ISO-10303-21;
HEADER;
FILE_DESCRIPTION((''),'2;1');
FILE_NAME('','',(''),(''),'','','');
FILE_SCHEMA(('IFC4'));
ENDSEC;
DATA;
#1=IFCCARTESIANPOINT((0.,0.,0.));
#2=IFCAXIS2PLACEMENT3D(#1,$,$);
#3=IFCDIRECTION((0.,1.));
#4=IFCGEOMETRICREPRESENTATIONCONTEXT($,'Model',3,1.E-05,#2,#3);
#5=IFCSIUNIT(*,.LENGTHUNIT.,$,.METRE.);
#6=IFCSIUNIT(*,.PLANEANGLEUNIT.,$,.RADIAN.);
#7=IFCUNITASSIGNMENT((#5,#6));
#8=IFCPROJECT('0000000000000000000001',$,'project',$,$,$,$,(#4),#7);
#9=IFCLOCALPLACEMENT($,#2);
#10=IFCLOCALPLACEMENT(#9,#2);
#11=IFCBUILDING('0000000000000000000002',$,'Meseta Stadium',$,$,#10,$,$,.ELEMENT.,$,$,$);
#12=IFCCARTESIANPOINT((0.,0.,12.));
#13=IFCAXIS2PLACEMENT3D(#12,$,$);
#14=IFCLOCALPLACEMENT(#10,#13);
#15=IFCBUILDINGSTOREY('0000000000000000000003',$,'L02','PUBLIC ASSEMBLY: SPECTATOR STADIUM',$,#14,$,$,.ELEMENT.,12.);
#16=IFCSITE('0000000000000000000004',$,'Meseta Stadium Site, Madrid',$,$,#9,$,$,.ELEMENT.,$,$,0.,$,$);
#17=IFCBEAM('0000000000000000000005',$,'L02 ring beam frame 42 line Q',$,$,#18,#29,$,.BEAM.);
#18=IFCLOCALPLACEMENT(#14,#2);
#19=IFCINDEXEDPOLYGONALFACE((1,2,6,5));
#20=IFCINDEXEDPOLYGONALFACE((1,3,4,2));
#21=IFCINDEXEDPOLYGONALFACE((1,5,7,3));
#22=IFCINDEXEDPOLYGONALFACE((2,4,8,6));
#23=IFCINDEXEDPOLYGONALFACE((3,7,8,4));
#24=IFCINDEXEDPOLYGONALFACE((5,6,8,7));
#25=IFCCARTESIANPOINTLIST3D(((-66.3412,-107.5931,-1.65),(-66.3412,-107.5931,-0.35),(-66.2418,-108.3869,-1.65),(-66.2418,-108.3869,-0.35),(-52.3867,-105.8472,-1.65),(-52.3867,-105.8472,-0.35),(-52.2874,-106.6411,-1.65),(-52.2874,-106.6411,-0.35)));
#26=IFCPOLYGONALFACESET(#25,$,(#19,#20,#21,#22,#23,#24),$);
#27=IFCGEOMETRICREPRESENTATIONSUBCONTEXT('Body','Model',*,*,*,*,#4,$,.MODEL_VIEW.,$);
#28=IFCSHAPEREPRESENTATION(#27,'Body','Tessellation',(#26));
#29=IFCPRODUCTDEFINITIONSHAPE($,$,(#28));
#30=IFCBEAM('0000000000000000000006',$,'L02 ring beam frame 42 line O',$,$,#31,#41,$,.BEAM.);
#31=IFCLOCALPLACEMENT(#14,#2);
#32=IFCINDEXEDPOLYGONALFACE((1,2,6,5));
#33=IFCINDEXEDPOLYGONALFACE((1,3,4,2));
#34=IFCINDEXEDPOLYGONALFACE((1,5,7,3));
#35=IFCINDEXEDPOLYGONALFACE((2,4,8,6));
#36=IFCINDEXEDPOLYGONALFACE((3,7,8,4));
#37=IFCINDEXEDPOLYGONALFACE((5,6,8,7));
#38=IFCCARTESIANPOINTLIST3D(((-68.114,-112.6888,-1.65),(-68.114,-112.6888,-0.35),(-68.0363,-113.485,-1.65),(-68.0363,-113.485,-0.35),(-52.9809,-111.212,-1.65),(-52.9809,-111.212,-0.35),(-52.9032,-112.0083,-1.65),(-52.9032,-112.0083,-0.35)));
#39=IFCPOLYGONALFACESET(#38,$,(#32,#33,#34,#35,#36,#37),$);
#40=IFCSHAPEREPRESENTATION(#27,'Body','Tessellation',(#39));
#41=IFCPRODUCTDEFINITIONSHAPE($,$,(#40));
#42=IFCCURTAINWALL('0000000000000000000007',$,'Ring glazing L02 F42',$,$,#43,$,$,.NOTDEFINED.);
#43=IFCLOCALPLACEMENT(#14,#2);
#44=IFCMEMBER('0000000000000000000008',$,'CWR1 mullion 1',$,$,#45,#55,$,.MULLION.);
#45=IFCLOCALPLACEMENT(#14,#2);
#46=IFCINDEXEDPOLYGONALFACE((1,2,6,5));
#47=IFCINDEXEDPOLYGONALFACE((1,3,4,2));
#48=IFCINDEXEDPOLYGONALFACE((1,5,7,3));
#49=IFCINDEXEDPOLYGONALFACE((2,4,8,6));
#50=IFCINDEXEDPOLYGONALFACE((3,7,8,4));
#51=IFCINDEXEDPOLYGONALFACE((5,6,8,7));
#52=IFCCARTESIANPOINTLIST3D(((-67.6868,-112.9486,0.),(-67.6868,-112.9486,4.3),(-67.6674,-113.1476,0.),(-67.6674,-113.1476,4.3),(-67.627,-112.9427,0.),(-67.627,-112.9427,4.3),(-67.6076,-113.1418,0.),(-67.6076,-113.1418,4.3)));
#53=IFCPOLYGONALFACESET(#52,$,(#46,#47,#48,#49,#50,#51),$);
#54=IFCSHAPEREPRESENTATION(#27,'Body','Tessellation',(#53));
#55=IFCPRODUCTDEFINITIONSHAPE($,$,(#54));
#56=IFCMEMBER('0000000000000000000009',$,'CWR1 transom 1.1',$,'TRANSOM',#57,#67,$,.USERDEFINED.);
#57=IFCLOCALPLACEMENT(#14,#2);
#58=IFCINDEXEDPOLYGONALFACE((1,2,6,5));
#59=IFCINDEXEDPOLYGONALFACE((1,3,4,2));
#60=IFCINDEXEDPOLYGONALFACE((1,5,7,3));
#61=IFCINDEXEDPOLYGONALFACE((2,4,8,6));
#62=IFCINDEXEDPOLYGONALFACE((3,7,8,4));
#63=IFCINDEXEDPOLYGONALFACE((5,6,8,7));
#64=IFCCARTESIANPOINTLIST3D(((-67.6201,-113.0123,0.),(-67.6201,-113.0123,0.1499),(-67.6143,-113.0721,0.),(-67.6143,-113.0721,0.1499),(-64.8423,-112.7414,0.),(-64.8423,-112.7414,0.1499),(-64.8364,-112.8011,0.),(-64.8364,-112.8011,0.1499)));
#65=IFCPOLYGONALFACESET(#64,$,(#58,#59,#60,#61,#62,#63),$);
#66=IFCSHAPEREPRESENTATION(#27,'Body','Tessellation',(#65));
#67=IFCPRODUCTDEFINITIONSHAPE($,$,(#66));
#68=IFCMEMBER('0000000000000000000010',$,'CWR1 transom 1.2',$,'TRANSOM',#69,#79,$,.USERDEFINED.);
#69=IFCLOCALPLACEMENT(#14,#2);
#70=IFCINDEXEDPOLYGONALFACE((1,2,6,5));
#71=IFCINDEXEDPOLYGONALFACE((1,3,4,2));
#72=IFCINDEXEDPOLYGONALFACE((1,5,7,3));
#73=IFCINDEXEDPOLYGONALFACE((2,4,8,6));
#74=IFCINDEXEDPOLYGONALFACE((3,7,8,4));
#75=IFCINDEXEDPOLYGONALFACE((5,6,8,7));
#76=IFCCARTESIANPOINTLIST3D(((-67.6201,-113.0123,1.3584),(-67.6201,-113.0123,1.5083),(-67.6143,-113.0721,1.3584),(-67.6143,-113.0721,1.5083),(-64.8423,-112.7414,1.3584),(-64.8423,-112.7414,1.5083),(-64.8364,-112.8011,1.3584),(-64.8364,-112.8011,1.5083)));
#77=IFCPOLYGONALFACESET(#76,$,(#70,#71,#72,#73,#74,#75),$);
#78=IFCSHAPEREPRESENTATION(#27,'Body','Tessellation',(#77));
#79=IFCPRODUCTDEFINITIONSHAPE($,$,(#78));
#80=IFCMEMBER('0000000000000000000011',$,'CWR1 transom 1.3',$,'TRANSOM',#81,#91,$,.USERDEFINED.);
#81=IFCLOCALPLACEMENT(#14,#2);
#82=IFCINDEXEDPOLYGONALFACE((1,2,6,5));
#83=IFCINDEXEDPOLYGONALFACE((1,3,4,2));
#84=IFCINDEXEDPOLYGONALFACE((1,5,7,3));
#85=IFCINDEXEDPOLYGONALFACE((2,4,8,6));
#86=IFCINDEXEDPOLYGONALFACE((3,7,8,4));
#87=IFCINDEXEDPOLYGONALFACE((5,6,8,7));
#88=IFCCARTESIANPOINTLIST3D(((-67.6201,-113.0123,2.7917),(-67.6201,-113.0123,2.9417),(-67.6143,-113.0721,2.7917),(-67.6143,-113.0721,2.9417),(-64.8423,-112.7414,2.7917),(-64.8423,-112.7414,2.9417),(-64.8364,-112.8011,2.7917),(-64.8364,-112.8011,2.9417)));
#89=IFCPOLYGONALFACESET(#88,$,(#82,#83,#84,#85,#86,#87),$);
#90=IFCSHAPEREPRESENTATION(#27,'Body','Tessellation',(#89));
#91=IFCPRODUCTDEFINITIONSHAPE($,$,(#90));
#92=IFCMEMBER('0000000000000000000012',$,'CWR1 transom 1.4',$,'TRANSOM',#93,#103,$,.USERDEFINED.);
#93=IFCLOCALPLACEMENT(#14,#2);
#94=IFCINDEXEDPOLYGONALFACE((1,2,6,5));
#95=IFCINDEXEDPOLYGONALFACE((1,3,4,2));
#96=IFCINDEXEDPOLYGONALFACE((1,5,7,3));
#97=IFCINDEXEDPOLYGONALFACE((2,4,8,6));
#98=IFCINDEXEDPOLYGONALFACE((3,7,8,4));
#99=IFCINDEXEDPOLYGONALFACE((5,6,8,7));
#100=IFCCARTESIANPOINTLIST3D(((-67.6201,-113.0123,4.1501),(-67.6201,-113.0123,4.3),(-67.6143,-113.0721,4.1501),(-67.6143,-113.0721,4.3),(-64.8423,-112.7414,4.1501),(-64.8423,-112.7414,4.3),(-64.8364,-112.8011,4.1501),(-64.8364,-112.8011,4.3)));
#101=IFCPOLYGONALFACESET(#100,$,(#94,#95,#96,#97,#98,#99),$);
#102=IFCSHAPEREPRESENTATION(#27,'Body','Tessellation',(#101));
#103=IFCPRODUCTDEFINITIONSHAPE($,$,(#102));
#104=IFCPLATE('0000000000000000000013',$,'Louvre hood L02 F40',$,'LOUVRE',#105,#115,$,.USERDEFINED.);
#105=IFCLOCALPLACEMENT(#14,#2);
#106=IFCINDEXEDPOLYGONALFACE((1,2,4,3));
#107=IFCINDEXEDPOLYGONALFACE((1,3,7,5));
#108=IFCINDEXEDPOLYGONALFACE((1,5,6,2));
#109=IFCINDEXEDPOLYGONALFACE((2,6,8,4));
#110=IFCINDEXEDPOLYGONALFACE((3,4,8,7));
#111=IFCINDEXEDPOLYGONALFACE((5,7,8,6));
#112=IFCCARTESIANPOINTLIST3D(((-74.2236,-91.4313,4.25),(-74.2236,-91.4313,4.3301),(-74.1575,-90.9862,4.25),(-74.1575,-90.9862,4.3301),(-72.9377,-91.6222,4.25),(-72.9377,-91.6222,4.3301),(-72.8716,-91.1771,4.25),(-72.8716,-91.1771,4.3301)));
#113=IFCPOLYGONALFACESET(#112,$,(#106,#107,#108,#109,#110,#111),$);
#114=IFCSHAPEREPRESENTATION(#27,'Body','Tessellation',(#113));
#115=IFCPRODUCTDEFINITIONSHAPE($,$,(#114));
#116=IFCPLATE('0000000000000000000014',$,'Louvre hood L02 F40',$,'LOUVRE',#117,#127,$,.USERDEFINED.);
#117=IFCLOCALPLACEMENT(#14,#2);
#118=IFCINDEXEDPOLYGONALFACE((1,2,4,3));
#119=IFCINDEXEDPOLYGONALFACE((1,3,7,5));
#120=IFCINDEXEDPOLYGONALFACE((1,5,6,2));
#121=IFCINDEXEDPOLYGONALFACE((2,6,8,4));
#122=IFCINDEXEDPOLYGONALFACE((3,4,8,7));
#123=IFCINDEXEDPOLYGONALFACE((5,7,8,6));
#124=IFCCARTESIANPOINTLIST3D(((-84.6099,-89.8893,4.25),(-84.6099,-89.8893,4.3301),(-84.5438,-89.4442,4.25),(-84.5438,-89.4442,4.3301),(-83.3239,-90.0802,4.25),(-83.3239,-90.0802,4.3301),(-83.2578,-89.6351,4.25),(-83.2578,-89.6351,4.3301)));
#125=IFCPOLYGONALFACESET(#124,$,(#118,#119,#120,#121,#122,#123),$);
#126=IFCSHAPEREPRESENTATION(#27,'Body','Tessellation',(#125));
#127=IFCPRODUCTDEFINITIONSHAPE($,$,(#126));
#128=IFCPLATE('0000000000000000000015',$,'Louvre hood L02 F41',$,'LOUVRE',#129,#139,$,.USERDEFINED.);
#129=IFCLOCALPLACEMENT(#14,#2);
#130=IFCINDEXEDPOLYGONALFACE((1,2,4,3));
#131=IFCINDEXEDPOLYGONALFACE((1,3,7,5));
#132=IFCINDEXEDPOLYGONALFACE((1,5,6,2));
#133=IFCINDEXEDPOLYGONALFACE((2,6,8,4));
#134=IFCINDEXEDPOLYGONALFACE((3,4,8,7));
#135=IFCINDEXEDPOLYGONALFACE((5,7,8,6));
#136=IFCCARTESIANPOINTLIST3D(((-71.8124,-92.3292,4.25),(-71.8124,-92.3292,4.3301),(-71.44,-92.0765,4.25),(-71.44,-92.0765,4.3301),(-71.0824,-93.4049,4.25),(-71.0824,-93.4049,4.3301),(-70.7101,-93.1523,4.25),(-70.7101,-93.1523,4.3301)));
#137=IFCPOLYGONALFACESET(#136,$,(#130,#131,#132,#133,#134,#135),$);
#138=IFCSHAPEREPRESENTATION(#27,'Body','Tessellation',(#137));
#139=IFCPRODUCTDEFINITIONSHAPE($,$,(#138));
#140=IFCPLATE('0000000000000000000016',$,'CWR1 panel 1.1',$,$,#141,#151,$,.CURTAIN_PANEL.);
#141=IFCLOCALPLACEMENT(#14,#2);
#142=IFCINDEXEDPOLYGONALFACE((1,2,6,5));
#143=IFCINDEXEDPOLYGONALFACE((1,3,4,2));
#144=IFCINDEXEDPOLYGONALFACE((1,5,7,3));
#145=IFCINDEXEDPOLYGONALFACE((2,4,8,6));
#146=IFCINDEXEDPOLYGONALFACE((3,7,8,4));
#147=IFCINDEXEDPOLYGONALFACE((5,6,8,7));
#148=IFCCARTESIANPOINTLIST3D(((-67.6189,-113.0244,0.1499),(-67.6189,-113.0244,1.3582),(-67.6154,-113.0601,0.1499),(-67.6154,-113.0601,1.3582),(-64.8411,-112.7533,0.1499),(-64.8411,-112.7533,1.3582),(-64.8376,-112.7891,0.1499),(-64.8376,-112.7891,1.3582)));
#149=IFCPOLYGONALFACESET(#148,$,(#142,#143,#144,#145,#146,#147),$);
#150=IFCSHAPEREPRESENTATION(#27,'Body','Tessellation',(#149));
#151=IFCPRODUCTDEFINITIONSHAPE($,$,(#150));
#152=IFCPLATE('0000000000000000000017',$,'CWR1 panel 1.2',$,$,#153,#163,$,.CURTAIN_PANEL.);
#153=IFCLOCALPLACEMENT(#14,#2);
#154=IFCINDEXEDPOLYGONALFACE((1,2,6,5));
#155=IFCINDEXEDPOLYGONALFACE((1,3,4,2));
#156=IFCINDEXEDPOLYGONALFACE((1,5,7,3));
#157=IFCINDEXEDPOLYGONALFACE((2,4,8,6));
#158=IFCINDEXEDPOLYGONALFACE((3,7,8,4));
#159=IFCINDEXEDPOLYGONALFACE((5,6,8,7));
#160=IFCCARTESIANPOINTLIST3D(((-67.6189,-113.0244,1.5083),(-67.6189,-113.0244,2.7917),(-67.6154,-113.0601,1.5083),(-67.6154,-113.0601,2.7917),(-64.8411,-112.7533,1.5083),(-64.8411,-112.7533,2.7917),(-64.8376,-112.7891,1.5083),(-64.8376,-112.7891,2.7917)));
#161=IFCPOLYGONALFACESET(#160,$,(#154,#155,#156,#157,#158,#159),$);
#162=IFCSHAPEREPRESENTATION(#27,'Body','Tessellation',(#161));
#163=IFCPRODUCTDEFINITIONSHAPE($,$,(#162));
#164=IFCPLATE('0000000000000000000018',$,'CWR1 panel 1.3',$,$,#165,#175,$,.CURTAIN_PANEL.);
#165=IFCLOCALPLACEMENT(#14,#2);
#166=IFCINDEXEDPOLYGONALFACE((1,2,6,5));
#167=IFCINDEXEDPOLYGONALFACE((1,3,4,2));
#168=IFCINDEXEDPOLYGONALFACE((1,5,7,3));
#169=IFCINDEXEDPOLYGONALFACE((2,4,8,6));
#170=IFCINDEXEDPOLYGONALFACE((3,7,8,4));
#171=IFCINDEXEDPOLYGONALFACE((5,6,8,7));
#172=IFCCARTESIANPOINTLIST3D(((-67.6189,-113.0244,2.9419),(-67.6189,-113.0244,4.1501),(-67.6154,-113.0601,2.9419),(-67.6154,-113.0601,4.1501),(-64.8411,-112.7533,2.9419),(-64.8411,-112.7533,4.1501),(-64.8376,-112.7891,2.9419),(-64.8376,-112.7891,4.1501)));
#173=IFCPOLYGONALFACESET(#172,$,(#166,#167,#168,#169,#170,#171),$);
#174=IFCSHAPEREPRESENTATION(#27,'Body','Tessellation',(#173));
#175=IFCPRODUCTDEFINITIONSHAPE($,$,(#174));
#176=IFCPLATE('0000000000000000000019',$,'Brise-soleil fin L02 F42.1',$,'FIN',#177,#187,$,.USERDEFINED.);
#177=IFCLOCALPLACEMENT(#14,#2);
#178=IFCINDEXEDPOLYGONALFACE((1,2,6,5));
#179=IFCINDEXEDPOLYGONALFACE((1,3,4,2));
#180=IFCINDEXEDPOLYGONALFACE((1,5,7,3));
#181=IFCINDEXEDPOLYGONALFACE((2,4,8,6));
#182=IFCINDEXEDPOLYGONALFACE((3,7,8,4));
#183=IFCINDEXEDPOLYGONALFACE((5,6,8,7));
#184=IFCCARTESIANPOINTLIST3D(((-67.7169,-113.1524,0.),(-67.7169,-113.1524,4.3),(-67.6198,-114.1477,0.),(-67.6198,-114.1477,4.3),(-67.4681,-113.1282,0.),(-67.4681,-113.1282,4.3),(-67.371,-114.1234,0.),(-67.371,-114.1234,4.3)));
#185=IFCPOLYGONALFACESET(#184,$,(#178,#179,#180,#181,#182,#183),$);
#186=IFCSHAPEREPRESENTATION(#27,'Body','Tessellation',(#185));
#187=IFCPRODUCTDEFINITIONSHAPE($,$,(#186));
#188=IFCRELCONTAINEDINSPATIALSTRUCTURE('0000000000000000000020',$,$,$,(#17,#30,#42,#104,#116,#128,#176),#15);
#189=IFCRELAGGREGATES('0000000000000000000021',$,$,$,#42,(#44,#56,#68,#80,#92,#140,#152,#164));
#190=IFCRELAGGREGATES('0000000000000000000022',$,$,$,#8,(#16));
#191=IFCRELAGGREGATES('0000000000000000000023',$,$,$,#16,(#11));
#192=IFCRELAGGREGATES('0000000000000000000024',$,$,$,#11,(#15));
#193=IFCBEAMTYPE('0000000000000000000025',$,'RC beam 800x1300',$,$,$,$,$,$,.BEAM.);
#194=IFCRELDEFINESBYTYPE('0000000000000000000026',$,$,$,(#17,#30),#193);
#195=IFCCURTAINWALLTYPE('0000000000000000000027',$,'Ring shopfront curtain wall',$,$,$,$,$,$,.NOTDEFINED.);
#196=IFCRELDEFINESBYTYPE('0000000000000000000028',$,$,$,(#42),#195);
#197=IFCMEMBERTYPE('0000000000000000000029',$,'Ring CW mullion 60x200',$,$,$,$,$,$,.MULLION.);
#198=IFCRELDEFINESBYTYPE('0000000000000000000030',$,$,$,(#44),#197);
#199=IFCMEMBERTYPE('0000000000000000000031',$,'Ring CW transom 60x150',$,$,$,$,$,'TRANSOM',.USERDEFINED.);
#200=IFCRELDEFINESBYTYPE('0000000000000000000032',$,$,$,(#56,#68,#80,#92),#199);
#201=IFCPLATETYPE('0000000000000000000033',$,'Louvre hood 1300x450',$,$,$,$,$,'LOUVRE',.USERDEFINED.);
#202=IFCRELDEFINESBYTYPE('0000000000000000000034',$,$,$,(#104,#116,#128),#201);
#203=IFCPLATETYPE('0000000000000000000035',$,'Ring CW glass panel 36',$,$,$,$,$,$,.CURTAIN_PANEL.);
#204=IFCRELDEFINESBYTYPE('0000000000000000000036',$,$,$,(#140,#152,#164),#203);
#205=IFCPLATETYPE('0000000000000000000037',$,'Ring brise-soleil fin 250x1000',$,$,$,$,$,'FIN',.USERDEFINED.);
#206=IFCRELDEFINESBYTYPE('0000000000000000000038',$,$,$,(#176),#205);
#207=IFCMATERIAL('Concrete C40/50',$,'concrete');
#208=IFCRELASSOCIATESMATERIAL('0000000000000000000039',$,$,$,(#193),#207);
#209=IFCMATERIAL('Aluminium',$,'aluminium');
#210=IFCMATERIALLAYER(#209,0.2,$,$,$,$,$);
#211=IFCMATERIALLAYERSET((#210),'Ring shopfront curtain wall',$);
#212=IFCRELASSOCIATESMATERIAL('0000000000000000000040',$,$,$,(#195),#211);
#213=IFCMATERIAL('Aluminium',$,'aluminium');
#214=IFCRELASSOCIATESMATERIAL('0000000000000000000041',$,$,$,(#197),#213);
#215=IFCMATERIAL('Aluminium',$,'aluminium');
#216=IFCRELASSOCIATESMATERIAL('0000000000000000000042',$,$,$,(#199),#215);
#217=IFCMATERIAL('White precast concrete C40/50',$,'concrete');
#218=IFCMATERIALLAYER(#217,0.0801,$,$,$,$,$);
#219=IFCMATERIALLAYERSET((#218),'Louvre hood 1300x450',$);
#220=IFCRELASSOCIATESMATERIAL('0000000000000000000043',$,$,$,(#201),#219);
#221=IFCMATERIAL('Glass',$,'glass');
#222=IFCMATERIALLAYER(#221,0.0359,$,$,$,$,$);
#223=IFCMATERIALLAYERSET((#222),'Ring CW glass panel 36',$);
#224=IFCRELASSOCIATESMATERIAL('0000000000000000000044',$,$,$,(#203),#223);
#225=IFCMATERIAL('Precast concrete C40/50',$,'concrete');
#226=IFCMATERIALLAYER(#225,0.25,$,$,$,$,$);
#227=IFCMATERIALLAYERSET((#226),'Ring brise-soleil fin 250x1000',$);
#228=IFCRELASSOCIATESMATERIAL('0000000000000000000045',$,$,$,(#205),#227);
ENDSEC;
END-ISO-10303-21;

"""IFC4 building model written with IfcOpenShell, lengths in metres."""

from ifc_helpers import new_model, si_unit, direction, frame, origin, origin_2d, place, context, subcontext, project, spatial, rectangle, extrude, material, layer, layer_set, material_profile, profile_set, type_object, element, aggregate, save


model = new_model("IFC4")

# Units and contexts
model_context = context("Model", 3, precision=1e-05, world=origin(), true_north=direction((0.0, 1.0)))
body_context = subcontext(model_context, "Body", "Model", "MODEL_VIEW")
ifc_project = project(units=[si_unit("LENGTHUNIT", "METRE"), si_unit("PLANEANGLEUNIT", "RADIAN")], contexts=[model_context])

# Site, building, storey
site_placement = place(None, origin())
site = spatial("IfcSite", under=ifc_project, at=site_placement, Name="Meseta Stadium Site, Madrid", CompositionType="ELEMENT", RefElevation=0.0)
building_placement = place(site_placement, origin())
building = spatial("IfcBuilding", under=site, at=building_placement, Name="Meseta Stadium", CompositionType="ELEMENT")
storey_placement = place(building_placement, frame((0.0, 0.0, 12.0)))
storey = spatial("IfcBuildingStorey", under=building, at=storey_placement, Name="L02", Description="PUBLIC ASSEMBLY: SPECTATOR STADIUM", CompositionType="ELEMENT", Elevation=12.0)

# Beams
ifc_material_1 = material(Name="Concrete C40/50", Category="concrete")
ifc_material_profile_1 = material_profile(ifc_material_1, rectangle(XDim=0.8, YDim=1.3, at=origin_2d()), Name="RC 800x1300")
ifc_profile_set_1 = profile_set([ifc_material_profile_1], Name="Concrete C40/50")
beam_type_1 = type_object("IfcBeamType", Name="RC beam 800x1300", PredefinedType="BEAM", material=ifc_profile_set_1)
beam_1_placement = place(storey_placement, frame((-66.2915, -107.99, -1.0), z_axis=(0.992264, 0.124144, 0.0), x_axis=(-0.124144, 0.992264, 0.0)))
element("IfcBeam", 1, at=beam_1_placement, inside=storey, type_object=beam_type_1, Name="L02 ring beam frame 42 line Q", PredefinedType="BEAM", context=body_context, shape_type="SweptSolid", body=[
    extrude(rectangle(XDim=0.8, YDim=1.3, at=origin_2d()), origin(), (0.0, 0.0, 1.0), 14.0632),
])
beam_2_placement = place(storey_placement, frame((-68.0752, -113.0869, -1.0), z_axis=(0.995272, 0.097125, 0.0), x_axis=(-0.097125, 0.995272, 0.0)))
element("IfcBeam", 2, at=beam_2_placement, inside=storey, type_object=beam_type_1, Name="L02 ring beam frame 42 line O", PredefinedType="BEAM", context=body_context, shape_type="SweptSolid", body=[
    extrude(rectangle(XDim=0.8, YDim=1.3, at=origin_2d()), origin(), (0.0, 0.0, 1.0), 15.2051),
])

# Curtain wall, members
ifc_material_2 = material(Name="Aluminium", Category="aluminium")
ifc_layer_1 = layer(ifc_material_2, 0.2)
ifc_layer_set_1 = layer_set([ifc_layer_1], Name="Ring shopfront curtain wall")
curtain_wall_type = type_object("IfcCurtainWallType", Name="Ring shopfront curtain wall", PredefinedType="NOTDEFINED", material=ifc_layer_set_1)
curtain_wall_placement = place(storey_placement, origin())
curtain_wall = element("IfcCurtainWall", 3, at=curtain_wall_placement, inside=storey, type_object=curtain_wall_type, Name="Ring glazing L02 F42", PredefinedType="NOTDEFINED")
ifc_material_3 = material(Name="Aluminium", Category="aluminium")
ifc_material_profile_2 = material_profile(ifc_material_3, rectangle(XDim=0.2, YDim=0.0601, at=origin_2d()), Name="CW 200x60")
ifc_profile_set_2 = profile_set([ifc_material_profile_2], Name="Aluminium")
member_type_1 = type_object("IfcMemberType", Name="Ring CW mullion 60x200", PredefinedType="MULLION", material=ifc_profile_set_2)
member_1_placement = place(storey_placement, frame((-67.6472, -113.0452, 0.0), z_axis=(0.0, 0.0, 1.0), x_axis=(-0.097125, 0.995272, 0.0)))
member_1 = element("IfcMember", 4, at=member_1_placement, type_object=member_type_1, Name="CWR1 mullion 1", PredefinedType="MULLION", context=body_context, shape_type="SweptSolid", body=[
    extrude(rectangle(XDim=0.2, YDim=0.0601, at=origin_2d()), origin(), (0.0, 0.0, 1.0), 4.3),
])
ifc_material_4 = material(Name="Aluminium", Category="aluminium")
ifc_material_profile_3 = material_profile(ifc_material_4, rectangle(XDim=0.0601, YDim=0.1499, at=origin_2d()), Name="CW 60x150")
ifc_profile_set_3 = profile_set([ifc_material_profile_3], Name="Aluminium")
member_type_2 = type_object("IfcMemberType", Name="Ring CW transom 60x150", ElementType="TRANSOM", PredefinedType="USERDEFINED", material=ifc_profile_set_3)
member_2_placement = place(storey_placement, frame((-67.6172, -113.0422, 0.075), z_axis=(0.995275, 0.097096, 0.0), x_axis=(-0.097096, 0.995275, 0.0)))
member_2 = element("IfcMember", 5, at=member_2_placement, type_object=member_type_2, Name="CWR1 transom 1.1", ObjectType="TRANSOM", PredefinedType="USERDEFINED", context=body_context, shape_type="SweptSolid", body=[
    extrude(rectangle(XDim=0.0601, YDim=0.1499, at=origin_2d()), origin(), (0.0, 0.0, 1.0), 2.791),
])
member_3_placement = place(storey_placement, frame((-67.6172, -113.0422, 1.4333), z_axis=(0.995275, 0.097096, 0.0), x_axis=(-0.097096, 0.995275, 0.0)))
member_3 = element("IfcMember", 6, at=member_3_placement, type_object=member_type_2, Name="CWR1 transom 1.2", ObjectType="TRANSOM", PredefinedType="USERDEFINED", context=body_context, shape_type="SweptSolid", body=[
    extrude(rectangle(XDim=0.0601, YDim=0.1499, at=origin_2d()), origin(), (0.0, 0.0, 1.0), 2.791),
])
member_4_placement = place(storey_placement, frame((-67.6172, -113.0422, 2.8667), z_axis=(0.995275, 0.097096, 0.0), x_axis=(-0.097096, 0.995275, 0.0)))
member_4 = element("IfcMember", 7, at=member_4_placement, type_object=member_type_2, Name="CWR1 transom 1.3", ObjectType="TRANSOM", PredefinedType="USERDEFINED", context=body_context, shape_type="SweptSolid", body=[
    extrude(rectangle(XDim=0.0601, YDim=0.1499, at=origin_2d()), origin(), (0.0, 0.0, 1.0), 2.791),
])
member_5_placement = place(storey_placement, frame((-67.6172, -113.0422, 4.2251), z_axis=(0.995275, 0.097096, 0.0), x_axis=(-0.097096, 0.995275, 0.0)))
member_5 = element("IfcMember", 8, at=member_5_placement, type_object=member_type_2, Name="CWR1 transom 1.4", ObjectType="TRANSOM", PredefinedType="USERDEFINED", context=body_context, shape_type="SweptSolid", body=[
    extrude(rectangle(XDim=0.0601, YDim=0.1499, at=origin_2d()), origin(), (0.0, 0.0, 1.0), 2.791),
])

# Plates
ifc_material_5 = material(Name="White precast concrete C40/50", Category="concrete")
ifc_layer_2 = layer(ifc_material_5, 0.0801)
ifc_layer_set_2 = layer_set([ifc_layer_2], Name="Louvre hood 1300x450")
plate_type_1 = type_object("IfcPlateType", Name="Louvre hood 1300x450", ElementType="LOUVRE", PredefinedType="USERDEFINED", material=ifc_layer_set_2)
for number, where, z_axis, x_axis, name in (
    (9, (-73.5476, -91.3042, 4.25), (0.0, 0.0, 1.0), (0.989158, -0.146854, 0.0), "Louvre hood L02 F40"),
    (10, (-83.9338, -89.7622, 4.25), (0.0, 0.0, 1.0), (0.989158, -0.146854, 0.0), "Louvre hood L02 F40"),
    (11, (-71.2612, -92.7407, 4.25), (0.0, 0.0, 1.0), (0.56149, -0.827483, 0.0), "Louvre hood L02 F41"),
):
    element("IfcPlate", number, at=place(storey_placement, frame(where, z_axis=z_axis, x_axis=x_axis)), inside=storey, type_object=plate_type_1, Name=name, ObjectType="LOUVRE", PredefinedType="USERDEFINED", context=body_context, shape_type="SweptSolid", body=[
        extrude(rectangle(XDim=1.3, YDim=0.45, at=origin_2d()), origin(), (0.0, 0.0, 1.0), 0.0801),
    ])

# Plates
ifc_material_6 = material(Name="Glass", Category="glass")
ifc_layer_3 = layer(ifc_material_6, 0.0359)
ifc_layer_set_3 = layer_set([ifc_layer_3], Name="Ring CW glass panel 36")
plate_type_2 = type_object("IfcPlateType", Name="Ring CW glass panel 36", PredefinedType="CURTAIN_PANEL", material=ifc_layer_set_3)
plate_1_placement = place(storey_placement, frame((-66.2283, -112.9067, 0.1499), z_axis=(0.0, 0.0, 1.0), x_axis=(0.995272, 0.097125, 0.0)))
plate_1 = element("IfcPlate", 12, at=plate_1_placement, type_object=plate_type_2, Name="CWR1 panel 1.1", PredefinedType="CURTAIN_PANEL", context=body_context, shape_type="SweptSolid", body=[
    extrude(rectangle(XDim=2.791, YDim=0.0359, at=origin_2d()), origin(), (0.0, 0.0, 1.0), 1.2083),
])
plate_2_placement = place(storey_placement, frame((-66.2283, -112.9067, 1.5083), z_axis=(0.0, 0.0, 1.0), x_axis=(0.995272, 0.097125, 0.0)))
plate_2 = element("IfcPlate", 13, at=plate_2_placement, type_object=plate_type_2, Name="CWR1 panel 1.2", PredefinedType="CURTAIN_PANEL", context=body_context, shape_type="SweptSolid", body=[
    extrude(rectangle(XDim=2.791, YDim=0.0359, at=origin_2d()), origin(), (0.0, 0.0, 1.0), 1.2834),
])
plate_3_placement = place(storey_placement, frame((-66.2283, -112.9067, 2.9419), z_axis=(0.0, 0.0, 1.0), x_axis=(0.995272, 0.097125, 0.0)))
plate_3 = element("IfcPlate", 14, at=plate_3_placement, type_object=plate_type_2, Name="CWR1 panel 1.3", PredefinedType="CURTAIN_PANEL", context=body_context, shape_type="SweptSolid", body=[
    extrude(rectangle(XDim=2.791, YDim=0.0359, at=origin_2d()), origin(), (0.0, 0.0, 1.0), 1.2083),
])
aggregate(curtain_wall, [member_1, member_2, member_3, member_4, member_5, plate_1, plate_2, plate_3])
ifc_material_7 = material(Name="Precast concrete C40/50", Category="concrete")
ifc_layer_4 = layer(ifc_material_7, 0.25)
ifc_layer_set_4 = layer_set([ifc_layer_4], Name="Ring brise-soleil fin 250x1000")
plate_type_3 = type_object("IfcPlateType", Name="Ring brise-soleil fin 250x1000", ElementType="FIN", PredefinedType="USERDEFINED", material=ifc_layer_set_4)
plate_4_placement = place(storey_placement, frame((-67.5439, -113.6379, 0.0), z_axis=(0.0, 0.0, 1.0), x_axis=(0.995272, 0.097123, 0.0)))
element("IfcPlate", 15, at=plate_4_placement, inside=storey, type_object=plate_type_3, Name="Brise-soleil fin L02 F42.1", ObjectType="FIN", PredefinedType="USERDEFINED", context=body_context, shape_type="SweptSolid", body=[
    extrude(rectangle(XDim=0.25, YDim=1.0, at=origin_2d()), origin(), (0.0, 0.0, 1.0), 4.3),
])

save(model, "model.ifc")
